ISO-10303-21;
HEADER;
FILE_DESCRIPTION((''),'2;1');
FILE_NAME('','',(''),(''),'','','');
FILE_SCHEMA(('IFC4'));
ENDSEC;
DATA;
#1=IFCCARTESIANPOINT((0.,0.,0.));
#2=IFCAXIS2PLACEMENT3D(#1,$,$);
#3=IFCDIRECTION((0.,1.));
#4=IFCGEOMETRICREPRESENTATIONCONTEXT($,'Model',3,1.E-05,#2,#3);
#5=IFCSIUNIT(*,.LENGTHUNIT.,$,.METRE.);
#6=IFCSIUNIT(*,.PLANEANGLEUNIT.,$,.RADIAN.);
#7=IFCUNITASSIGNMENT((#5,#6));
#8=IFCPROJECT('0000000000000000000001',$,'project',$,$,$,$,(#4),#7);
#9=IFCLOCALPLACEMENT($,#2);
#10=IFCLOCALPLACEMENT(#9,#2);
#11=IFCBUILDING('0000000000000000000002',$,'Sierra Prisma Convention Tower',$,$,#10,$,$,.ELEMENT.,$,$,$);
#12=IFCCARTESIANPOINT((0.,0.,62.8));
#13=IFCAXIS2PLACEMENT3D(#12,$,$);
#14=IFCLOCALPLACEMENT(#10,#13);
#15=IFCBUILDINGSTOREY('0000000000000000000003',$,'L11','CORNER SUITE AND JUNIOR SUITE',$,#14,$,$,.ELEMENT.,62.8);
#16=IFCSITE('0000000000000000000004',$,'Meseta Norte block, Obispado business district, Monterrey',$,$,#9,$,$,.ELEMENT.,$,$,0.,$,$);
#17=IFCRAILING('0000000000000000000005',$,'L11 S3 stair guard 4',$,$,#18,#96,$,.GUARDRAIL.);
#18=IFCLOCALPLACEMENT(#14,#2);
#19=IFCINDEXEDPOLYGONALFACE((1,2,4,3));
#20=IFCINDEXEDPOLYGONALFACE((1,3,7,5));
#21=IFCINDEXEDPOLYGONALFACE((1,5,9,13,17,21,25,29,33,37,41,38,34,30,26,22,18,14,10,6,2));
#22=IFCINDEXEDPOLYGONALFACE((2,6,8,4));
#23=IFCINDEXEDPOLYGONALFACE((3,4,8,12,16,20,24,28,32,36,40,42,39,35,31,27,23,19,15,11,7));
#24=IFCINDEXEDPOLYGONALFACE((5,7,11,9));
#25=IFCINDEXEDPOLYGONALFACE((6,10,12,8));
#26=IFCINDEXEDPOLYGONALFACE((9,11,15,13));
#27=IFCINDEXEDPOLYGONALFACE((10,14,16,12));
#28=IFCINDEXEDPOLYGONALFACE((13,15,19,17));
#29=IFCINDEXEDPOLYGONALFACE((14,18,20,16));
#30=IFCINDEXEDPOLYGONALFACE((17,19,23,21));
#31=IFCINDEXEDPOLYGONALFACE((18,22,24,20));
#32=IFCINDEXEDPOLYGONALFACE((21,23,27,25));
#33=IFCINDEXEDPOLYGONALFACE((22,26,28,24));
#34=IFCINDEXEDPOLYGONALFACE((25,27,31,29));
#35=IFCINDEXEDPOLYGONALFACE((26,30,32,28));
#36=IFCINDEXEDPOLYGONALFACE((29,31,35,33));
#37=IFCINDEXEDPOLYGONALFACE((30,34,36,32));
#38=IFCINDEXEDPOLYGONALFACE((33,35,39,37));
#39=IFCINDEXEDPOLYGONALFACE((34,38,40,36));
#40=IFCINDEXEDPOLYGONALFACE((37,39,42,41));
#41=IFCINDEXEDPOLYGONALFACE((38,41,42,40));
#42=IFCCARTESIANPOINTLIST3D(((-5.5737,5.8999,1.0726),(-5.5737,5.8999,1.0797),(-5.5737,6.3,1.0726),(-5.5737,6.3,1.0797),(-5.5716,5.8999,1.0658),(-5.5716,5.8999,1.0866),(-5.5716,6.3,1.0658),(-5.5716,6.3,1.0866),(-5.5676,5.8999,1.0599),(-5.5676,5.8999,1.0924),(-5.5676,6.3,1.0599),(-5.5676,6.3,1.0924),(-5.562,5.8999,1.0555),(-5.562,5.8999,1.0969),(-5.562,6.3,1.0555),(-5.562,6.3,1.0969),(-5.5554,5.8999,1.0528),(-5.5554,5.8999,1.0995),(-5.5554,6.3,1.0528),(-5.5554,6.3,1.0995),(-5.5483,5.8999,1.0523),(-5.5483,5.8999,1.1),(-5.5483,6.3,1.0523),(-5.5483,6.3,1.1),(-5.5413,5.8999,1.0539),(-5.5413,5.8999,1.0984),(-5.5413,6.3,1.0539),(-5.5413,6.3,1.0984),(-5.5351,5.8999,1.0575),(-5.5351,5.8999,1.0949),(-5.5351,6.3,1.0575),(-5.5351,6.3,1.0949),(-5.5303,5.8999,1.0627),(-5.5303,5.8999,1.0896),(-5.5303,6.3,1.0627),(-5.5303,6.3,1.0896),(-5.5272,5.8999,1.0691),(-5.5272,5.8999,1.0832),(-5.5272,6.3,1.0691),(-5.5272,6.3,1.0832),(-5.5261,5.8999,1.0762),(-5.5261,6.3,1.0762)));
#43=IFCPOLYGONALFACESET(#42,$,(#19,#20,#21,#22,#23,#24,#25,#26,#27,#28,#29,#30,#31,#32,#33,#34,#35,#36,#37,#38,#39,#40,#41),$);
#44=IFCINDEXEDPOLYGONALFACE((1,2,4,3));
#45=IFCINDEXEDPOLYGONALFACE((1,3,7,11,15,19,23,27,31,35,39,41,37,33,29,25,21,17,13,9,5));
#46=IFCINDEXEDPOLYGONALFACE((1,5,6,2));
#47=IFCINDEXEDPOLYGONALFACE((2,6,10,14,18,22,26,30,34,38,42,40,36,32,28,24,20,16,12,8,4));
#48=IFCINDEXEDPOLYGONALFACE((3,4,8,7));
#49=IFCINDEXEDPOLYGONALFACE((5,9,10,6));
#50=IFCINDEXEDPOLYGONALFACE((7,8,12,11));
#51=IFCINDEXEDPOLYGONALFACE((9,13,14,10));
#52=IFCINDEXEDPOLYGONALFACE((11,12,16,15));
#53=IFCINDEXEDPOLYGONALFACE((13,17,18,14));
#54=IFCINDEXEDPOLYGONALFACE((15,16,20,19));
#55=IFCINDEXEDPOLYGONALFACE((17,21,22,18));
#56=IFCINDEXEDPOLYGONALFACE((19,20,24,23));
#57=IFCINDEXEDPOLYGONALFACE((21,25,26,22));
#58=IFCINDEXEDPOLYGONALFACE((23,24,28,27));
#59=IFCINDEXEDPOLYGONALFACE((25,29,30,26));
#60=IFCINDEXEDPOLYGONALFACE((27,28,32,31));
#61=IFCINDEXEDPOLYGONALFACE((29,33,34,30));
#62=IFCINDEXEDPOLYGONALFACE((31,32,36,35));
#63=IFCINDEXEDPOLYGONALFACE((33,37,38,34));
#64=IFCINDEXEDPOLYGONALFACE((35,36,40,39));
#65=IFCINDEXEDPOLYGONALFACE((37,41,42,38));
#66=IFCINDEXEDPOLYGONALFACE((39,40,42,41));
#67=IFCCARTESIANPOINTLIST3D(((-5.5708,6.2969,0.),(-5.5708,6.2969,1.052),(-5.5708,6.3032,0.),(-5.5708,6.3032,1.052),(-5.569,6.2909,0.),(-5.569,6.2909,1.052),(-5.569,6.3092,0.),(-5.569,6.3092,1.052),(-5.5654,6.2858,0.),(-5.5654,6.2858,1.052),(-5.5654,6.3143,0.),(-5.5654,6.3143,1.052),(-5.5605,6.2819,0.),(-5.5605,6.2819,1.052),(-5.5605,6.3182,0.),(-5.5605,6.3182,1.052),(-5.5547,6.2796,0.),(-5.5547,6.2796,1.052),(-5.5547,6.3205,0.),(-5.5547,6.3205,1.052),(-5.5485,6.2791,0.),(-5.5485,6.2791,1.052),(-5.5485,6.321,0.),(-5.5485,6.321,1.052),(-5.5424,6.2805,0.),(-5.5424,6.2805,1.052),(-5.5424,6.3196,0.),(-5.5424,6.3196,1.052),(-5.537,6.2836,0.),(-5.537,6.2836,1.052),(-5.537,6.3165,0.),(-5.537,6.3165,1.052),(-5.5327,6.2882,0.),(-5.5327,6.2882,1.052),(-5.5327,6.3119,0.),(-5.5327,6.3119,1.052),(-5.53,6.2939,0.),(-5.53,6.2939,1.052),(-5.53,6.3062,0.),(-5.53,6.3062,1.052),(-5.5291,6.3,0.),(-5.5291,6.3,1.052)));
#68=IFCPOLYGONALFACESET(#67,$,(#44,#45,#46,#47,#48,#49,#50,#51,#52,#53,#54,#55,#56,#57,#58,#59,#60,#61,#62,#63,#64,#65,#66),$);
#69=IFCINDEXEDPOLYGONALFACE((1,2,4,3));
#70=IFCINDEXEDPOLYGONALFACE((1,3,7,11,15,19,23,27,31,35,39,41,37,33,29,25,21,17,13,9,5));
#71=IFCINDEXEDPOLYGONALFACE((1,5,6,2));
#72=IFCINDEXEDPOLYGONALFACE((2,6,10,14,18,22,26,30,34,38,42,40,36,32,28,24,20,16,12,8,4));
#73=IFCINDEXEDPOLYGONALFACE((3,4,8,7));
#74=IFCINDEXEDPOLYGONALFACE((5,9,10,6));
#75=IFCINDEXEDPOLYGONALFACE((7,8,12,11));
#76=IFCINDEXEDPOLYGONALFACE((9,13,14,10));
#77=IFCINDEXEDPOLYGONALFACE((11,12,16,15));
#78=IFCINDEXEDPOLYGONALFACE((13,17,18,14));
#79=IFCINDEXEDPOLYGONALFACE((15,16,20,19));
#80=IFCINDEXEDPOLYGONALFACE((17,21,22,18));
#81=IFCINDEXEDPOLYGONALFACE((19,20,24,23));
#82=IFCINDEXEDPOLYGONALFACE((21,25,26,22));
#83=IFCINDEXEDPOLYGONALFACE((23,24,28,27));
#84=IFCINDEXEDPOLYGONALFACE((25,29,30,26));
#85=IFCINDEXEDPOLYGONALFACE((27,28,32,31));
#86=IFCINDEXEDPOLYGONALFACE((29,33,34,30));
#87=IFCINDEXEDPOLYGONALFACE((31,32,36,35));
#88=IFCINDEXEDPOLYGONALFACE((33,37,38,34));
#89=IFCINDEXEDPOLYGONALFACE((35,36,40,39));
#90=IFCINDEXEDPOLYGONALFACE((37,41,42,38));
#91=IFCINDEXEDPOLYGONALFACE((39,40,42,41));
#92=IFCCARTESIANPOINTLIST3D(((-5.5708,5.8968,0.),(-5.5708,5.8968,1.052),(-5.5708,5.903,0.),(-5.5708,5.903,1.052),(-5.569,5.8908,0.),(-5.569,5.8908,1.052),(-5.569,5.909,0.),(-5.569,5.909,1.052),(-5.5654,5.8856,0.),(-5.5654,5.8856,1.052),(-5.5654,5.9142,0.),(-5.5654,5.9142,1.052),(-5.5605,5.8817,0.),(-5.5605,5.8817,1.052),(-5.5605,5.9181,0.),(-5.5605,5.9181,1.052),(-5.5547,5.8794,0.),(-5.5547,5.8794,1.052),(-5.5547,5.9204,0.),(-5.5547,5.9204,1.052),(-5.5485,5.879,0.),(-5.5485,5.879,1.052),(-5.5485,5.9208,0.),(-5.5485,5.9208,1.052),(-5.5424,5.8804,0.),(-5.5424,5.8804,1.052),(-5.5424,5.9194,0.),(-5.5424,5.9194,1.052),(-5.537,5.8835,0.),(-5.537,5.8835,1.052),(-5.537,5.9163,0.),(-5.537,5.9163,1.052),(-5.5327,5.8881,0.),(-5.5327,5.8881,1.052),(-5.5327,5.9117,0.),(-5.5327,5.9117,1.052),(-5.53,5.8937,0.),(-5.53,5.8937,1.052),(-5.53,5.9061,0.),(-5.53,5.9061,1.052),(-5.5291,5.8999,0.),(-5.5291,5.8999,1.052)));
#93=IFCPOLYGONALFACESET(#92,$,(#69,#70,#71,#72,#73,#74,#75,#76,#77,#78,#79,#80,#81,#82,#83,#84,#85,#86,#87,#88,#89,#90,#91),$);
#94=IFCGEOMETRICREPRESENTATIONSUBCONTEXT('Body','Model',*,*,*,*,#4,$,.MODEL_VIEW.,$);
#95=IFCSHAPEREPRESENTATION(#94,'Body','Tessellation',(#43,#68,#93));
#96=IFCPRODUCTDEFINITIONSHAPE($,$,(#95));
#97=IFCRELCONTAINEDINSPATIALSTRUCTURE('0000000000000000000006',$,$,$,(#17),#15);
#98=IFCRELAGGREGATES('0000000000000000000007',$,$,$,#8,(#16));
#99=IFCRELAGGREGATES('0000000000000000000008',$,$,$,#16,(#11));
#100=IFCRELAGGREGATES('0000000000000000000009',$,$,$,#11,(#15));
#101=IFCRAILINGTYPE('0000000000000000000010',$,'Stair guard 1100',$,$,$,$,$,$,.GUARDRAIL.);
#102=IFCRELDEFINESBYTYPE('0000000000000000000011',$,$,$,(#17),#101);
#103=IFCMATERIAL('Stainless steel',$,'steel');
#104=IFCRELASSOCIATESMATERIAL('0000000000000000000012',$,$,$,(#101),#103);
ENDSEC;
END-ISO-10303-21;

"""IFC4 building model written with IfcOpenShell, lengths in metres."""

from ifc_helpers import new_model, si_unit, direction, frame, origin, origin_2d, place, context, subcontext, project, spatial, circle, extrude, material, type_object, element, save


model = new_model("IFC4")

# Units and contexts
model_context = context("Model", 3, precision=1e-05, world=origin(), true_north=direction((0.0, 1.0)))
body_context = subcontext(model_context, "Body", "Model", "MODEL_VIEW")
ifc_project = project(units=[si_unit("LENGTHUNIT", "METRE"), si_unit("PLANEANGLEUNIT", "RADIAN")], contexts=[model_context])

# Site, building, storey
site_placement = place(None, origin())
site = spatial("IfcSite", under=ifc_project, at=site_placement, Name="Meseta Norte block, Obispado business district, Monterrey", CompositionType="ELEMENT", RefElevation=0.0)
building_placement = place(site_placement, origin())
building = spatial("IfcBuilding", under=site, at=building_placement, Name="Sierra Prisma Convention Tower", CompositionType="ELEMENT")
storey_placement = place(building_placement, frame((0.0, 0.0, 62.8)))
storey = spatial("IfcBuildingStorey", under=building, at=storey_placement, Name="L11", Description="CORNER SUITE AND JUNIOR SUITE", CompositionType="ELEMENT", Elevation=62.8)

# Railing
ifc_material_1 = material(Name="Stainless steel", Category="steel")
railing_type_1 = type_object("IfcRailingType", Name="Stair guard 1100", PredefinedType="GUARDRAIL", material=ifc_material_1)
railing_1_placement = place(storey_placement, frame((-5.55, 6.3, 0.0)))
element("IfcRailing", 1, at=railing_1_placement, inside=storey, type_object=railing_type_1, Name="L11 S3 stair guard 4", PredefinedType="GUARDRAIL", context=body_context, shape_type="SweptSolid", body=[
    extrude(circle(Radius=0.0239, at=origin_2d()), frame((0.0, 0.0, 1.0762), z_axis=(0.0, -1.0, 0.0), x_axis=(1.0, 0.0, 0.0)), (0.0, 0.0, 1.0), 0.4001),
    extrude(circle(Radius=0.021, at=origin_2d()), origin(), (0.0, 0.0, 1.0), 1.052),
    extrude(circle(Radius=0.021, at=origin_2d()), frame((0.0, -0.4001, 0.0)), (0.0, 0.0, 1.0), 1.052),
])

save(model, "model.ifc")
